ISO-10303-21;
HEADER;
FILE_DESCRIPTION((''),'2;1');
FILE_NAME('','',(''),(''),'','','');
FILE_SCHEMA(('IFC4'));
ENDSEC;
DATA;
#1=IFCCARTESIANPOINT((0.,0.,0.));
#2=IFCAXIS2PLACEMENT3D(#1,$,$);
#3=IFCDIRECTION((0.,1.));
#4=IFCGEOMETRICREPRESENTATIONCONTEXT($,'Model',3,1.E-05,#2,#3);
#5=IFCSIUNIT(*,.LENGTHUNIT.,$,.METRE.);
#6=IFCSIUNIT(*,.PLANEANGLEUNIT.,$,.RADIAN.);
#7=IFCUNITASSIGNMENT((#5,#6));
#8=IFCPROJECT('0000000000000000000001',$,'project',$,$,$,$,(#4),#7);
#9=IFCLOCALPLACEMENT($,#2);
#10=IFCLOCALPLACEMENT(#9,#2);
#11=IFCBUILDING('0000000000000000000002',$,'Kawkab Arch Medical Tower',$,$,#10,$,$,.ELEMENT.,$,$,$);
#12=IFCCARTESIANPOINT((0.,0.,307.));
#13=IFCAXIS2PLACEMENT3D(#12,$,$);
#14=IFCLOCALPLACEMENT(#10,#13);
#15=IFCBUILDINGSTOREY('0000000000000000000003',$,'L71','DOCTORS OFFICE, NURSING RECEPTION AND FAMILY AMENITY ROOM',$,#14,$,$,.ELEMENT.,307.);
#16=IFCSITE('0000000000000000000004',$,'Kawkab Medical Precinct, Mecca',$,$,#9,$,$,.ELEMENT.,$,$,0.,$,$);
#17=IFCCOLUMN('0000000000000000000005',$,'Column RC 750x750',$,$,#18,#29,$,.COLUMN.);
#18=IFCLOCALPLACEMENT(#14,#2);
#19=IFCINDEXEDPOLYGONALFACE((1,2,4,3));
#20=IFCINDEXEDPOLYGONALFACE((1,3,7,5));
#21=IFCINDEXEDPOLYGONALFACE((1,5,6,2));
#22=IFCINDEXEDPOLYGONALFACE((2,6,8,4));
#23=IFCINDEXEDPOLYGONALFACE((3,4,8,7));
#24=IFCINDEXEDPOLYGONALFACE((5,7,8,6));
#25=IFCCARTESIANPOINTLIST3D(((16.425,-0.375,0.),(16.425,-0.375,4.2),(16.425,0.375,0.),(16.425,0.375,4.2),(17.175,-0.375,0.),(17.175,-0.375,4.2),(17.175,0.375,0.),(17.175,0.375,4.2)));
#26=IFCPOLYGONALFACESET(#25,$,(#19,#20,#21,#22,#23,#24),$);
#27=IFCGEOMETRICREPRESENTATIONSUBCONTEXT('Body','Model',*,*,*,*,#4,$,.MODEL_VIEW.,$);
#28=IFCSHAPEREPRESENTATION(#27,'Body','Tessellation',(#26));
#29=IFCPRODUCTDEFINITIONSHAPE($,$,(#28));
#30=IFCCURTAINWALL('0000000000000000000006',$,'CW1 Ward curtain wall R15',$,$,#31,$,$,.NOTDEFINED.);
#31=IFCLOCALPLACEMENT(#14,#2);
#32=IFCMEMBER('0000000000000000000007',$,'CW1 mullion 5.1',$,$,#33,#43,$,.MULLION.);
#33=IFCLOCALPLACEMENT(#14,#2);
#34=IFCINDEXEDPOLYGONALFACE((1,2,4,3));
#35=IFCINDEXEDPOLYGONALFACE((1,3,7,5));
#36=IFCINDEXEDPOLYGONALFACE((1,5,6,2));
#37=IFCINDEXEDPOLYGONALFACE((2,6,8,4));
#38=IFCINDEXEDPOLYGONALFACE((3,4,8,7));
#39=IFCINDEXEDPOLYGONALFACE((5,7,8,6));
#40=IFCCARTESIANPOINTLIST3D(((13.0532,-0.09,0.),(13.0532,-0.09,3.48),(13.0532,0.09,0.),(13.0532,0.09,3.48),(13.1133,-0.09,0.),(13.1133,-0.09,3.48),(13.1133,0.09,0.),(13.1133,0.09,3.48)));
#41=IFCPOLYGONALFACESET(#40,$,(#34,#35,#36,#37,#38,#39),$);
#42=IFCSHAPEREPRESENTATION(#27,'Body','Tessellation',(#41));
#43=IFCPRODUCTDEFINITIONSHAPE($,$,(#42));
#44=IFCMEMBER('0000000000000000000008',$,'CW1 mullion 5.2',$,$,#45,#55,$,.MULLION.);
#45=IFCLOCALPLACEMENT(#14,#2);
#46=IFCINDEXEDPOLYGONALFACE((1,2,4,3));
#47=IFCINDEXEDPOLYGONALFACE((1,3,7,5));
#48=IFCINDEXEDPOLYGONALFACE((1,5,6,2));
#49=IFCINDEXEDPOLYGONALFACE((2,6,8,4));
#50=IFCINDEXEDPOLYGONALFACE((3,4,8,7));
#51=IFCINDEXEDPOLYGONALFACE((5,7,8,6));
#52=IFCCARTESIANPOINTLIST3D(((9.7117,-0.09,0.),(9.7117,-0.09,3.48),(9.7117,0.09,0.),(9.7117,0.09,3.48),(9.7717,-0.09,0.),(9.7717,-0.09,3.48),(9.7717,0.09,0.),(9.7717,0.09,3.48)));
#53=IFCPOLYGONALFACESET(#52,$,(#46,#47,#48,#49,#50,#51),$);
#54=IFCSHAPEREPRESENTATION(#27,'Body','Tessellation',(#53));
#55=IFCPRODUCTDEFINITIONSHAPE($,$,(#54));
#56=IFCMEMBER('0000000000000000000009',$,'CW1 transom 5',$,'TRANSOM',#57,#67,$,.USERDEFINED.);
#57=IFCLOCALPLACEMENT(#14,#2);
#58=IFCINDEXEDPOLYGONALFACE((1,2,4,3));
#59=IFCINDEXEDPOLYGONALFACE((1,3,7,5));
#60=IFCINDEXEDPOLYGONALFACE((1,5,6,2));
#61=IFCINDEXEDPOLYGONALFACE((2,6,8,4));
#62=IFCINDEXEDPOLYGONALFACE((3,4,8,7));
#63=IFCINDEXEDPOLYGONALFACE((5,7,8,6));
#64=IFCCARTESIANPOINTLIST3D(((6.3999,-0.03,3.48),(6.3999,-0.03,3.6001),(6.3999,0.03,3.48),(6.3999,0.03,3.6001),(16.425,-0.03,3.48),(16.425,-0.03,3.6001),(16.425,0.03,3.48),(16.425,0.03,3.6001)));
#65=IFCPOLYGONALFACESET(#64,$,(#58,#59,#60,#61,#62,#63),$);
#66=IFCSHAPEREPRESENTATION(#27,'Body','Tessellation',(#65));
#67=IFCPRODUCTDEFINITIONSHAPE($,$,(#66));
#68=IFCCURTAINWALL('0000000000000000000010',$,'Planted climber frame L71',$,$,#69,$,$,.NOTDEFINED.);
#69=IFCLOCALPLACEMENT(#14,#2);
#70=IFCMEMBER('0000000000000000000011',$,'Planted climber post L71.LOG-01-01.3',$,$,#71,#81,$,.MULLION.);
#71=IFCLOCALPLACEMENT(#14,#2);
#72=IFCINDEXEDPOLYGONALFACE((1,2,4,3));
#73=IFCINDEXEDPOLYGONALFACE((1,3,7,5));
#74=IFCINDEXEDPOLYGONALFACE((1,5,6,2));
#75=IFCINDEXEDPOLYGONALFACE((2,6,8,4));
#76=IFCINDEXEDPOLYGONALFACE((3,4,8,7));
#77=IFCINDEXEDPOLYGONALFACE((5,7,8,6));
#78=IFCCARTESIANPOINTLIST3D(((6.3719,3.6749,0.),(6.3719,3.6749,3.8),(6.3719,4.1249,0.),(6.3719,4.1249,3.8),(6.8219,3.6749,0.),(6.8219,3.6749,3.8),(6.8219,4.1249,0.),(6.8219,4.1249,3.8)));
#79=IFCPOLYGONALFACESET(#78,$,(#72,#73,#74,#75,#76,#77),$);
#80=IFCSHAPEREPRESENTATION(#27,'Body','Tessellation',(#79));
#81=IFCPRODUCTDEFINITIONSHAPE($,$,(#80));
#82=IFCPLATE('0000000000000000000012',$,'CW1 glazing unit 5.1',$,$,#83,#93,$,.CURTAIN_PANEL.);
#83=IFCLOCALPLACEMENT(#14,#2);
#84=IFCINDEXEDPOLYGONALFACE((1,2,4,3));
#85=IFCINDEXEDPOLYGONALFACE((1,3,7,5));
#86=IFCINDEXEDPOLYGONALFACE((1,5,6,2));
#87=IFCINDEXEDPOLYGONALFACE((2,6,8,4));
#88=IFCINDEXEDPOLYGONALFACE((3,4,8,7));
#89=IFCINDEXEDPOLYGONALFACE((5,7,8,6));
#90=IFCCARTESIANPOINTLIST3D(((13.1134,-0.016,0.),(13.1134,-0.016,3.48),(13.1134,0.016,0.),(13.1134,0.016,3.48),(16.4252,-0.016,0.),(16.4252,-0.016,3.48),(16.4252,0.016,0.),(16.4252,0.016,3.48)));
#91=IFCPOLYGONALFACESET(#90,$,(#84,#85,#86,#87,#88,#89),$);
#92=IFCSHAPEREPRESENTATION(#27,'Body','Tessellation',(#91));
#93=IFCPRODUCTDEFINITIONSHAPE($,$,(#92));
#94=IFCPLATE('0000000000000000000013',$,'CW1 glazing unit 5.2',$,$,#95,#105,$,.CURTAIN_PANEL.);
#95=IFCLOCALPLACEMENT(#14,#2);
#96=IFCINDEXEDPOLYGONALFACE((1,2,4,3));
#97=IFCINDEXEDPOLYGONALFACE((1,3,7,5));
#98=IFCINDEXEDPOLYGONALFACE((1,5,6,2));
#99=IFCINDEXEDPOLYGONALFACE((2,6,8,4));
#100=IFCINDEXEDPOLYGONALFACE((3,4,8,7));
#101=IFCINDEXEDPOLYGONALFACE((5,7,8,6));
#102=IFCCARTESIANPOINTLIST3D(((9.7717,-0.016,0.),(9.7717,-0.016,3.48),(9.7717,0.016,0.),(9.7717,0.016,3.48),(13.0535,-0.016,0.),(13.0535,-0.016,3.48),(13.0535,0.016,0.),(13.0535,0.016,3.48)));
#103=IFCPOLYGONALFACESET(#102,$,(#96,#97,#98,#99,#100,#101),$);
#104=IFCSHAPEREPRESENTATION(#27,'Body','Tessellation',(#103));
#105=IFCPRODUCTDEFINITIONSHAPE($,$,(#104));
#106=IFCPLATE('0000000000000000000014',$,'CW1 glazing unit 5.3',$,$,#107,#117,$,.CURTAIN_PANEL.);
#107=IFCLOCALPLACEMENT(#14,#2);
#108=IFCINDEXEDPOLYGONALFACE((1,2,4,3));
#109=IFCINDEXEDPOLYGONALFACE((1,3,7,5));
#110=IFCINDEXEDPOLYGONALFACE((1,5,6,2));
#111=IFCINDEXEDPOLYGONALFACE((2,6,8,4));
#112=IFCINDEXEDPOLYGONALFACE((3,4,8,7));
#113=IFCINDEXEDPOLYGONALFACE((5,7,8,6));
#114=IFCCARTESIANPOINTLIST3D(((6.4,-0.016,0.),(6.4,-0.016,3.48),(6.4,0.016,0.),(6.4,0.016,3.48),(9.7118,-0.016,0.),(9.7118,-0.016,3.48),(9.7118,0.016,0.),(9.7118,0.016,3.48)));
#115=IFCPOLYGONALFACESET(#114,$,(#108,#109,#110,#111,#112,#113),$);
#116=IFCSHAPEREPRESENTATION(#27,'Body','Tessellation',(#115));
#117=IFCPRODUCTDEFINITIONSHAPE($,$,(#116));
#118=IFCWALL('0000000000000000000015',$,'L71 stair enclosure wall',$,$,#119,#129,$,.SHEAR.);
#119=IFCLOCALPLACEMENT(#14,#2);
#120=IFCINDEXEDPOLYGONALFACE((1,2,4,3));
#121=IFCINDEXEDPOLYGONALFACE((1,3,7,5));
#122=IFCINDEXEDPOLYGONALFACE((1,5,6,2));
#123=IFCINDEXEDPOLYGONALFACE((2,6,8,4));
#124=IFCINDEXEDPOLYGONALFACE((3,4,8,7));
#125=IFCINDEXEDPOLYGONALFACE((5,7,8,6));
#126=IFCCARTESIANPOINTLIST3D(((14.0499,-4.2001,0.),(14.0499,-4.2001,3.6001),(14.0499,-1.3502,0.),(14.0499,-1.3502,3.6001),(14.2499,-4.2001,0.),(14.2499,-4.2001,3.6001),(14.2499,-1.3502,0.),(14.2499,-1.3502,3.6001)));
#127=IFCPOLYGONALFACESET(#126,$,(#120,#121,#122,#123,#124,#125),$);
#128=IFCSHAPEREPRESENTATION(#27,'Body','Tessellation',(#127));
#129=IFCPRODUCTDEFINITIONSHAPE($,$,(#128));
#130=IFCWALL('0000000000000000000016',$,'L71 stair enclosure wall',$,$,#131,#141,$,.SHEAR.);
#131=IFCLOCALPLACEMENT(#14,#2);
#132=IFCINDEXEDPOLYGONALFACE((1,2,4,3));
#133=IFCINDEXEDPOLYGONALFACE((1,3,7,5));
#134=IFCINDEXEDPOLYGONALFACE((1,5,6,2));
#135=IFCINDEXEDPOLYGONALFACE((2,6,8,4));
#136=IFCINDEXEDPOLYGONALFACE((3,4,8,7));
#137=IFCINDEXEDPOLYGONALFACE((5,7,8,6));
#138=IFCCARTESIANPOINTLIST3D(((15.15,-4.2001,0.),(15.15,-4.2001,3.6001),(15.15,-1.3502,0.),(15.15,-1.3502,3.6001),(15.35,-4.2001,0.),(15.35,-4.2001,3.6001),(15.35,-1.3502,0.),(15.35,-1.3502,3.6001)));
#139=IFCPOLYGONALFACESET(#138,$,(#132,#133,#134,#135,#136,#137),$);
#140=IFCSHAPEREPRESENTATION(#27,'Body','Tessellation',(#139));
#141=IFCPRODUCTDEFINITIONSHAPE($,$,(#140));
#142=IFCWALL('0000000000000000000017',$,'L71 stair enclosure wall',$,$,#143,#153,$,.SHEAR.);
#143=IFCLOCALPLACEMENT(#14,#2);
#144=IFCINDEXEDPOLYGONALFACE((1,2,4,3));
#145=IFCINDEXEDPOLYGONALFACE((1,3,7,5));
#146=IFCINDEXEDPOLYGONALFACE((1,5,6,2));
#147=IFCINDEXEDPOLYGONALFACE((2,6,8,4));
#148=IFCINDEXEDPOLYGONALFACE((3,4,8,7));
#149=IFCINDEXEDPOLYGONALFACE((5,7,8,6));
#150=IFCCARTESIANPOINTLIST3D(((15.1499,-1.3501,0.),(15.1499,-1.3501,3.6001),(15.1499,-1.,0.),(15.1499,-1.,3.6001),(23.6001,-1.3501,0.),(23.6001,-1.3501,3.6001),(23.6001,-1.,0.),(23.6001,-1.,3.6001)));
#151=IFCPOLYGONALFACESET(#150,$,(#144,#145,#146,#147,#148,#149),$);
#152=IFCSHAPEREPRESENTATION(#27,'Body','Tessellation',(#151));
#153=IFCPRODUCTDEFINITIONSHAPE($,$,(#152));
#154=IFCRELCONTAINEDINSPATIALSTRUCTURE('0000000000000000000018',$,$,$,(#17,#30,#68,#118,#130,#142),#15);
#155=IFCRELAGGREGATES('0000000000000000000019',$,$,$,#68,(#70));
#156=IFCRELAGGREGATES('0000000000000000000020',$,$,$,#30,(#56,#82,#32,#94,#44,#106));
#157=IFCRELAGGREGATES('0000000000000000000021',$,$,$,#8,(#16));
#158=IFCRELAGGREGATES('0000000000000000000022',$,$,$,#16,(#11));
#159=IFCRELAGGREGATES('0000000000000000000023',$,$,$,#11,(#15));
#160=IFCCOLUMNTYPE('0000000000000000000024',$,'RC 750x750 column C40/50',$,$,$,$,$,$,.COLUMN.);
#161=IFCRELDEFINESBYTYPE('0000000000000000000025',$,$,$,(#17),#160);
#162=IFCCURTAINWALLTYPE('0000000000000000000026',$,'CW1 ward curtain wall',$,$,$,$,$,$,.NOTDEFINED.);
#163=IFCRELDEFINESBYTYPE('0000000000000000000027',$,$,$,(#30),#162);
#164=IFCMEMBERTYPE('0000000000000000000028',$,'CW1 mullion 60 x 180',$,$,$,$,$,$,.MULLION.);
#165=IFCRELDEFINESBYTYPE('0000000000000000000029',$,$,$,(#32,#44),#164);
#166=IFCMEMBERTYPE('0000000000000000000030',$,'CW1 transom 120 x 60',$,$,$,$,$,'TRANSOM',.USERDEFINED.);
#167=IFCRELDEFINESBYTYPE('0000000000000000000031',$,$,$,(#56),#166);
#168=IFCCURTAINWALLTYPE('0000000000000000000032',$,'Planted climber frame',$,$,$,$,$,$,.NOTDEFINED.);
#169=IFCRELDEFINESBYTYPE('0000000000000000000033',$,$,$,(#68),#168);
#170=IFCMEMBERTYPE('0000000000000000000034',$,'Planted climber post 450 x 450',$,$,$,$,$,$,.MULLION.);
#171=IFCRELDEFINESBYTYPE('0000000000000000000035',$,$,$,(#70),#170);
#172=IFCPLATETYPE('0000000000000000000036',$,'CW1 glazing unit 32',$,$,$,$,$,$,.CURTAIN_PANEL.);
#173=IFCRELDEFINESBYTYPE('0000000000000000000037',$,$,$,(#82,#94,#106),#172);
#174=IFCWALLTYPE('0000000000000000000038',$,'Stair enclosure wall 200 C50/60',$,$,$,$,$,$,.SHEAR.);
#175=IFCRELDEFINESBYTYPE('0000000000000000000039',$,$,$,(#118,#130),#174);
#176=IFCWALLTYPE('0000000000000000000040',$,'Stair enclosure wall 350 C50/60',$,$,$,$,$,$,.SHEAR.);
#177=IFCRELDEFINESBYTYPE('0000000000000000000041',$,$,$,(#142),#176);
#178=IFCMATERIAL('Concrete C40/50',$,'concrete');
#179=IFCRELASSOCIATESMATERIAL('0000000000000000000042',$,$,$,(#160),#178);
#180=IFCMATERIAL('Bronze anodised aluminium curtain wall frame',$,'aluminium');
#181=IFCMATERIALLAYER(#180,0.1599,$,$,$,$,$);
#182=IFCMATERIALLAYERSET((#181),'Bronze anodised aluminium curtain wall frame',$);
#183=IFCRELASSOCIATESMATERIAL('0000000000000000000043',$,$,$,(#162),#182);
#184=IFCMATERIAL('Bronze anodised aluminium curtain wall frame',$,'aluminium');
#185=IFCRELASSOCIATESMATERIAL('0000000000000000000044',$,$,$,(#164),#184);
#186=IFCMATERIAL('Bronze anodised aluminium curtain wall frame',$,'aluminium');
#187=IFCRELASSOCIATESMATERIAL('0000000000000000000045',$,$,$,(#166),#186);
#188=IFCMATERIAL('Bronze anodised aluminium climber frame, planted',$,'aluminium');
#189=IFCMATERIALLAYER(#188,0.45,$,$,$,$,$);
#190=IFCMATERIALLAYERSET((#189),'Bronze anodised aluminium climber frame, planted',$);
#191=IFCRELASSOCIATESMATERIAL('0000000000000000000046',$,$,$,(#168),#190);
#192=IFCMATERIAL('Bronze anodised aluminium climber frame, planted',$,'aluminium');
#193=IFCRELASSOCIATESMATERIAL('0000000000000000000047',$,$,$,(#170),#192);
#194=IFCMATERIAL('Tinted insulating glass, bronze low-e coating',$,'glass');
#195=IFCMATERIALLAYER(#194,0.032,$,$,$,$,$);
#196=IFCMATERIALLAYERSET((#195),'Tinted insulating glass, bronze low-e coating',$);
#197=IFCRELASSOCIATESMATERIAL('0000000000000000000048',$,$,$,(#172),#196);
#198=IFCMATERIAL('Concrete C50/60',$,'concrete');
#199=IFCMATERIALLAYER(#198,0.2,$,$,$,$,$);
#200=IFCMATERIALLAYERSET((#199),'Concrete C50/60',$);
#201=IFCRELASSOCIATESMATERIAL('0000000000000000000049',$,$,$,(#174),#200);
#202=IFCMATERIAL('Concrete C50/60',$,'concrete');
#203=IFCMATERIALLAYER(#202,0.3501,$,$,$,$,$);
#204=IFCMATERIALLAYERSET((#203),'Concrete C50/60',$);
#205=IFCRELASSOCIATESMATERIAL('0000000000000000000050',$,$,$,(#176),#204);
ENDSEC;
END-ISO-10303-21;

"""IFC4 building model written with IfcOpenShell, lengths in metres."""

from ifc_helpers import new_model, si_unit, direction, frame, frame_2d, origin, origin_2d, place, context, subcontext, project, spatial, rectangle, extrude, material, layer, layer_set, material_profile, profile_set, type_object, element, aggregate, save


model = new_model("IFC4")

# Units and contexts
model_context = context("Model", 3, precision=1e-05, world=origin(), true_north=direction((0.0, 1.0)))
body_context = subcontext(model_context, "Body", "Model", "MODEL_VIEW")
ifc_project = project(units=[si_unit("LENGTHUNIT", "METRE"), si_unit("PLANEANGLEUNIT", "RADIAN")], contexts=[model_context])

# Site, building, storey
site_placement = place(None, origin())
site = spatial("IfcSite", under=ifc_project, at=site_placement, Name="Kawkab Medical Precinct, Mecca", CompositionType="ELEMENT", RefElevation=0.0)
building_placement = place(site_placement, origin())
building = spatial("IfcBuilding", under=site, at=building_placement, Name="Kawkab Arch Medical Tower", CompositionType="ELEMENT")
storey_placement = place(building_placement, frame((0.0, 0.0, 307.0)))
storey = spatial("IfcBuildingStorey", under=building, at=storey_placement, Name="L71", Description="DOCTORS OFFICE, NURSING RECEPTION AND FAMILY AMENITY ROOM", CompositionType="ELEMENT", Elevation=307.0)

# Column
ifc_material_1 = material(Name="Concrete C40/50", Category="concrete")
ifc_material_profile_1 = material_profile(ifc_material_1, rectangle(XDim=0.75, YDim=0.75, at=origin_2d()), Name="RC 750x750")
ifc_profile_set_1 = profile_set([ifc_material_profile_1], Name="Concrete C40/50")
column_type = type_object("IfcColumnType", Name="RC 750x750 column C40/50", PredefinedType="COLUMN", material=ifc_profile_set_1)
column_placement = place(storey_placement, frame((16.8, 0.0, 0.0), z_axis=(0.0, 0.0, 1.0), x_axis=(1.0, 0.0, 0.0)))
element("IfcColumn", 1, at=column_placement, inside=storey, type_object=column_type, Name="Column RC 750x750", PredefinedType="COLUMN", context=body_context, shape_type="SweptSolid", body=[
    extrude(rectangle(XDim=0.75, YDim=0.75, at=origin_2d()), origin(), (0.0, 0.0, 1.0), 4.2),
])

# Curtain wall, members
ifc_material_2 = material(Name="Bronze anodised aluminium curtain wall frame", Category="aluminium")
ifc_layer_1 = layer(ifc_material_2, 0.1599)
ifc_layer_set_1 = layer_set([ifc_layer_1], Name="Bronze anodised aluminium curtain wall frame")
curtain_wall_type_1 = type_object("IfcCurtainWallType", Name="CW1 ward curtain wall", PredefinedType="NOTDEFINED", material=ifc_layer_set_1)
placement = place(storey_placement, origin())
curtain_wall_1 = element("IfcCurtainWall", 2, at=placement, inside=storey, type_object=curtain_wall_type_1, Name="CW1 Ward curtain wall R15", PredefinedType="NOTDEFINED")
ifc_material_3 = material(Name="Bronze anodised aluminium curtain wall frame", Category="aluminium")
ifc_material_profile_2 = material_profile(ifc_material_3, rectangle(XDim=0.1799, YDim=0.0601, at=origin_2d()), Name="AL 60x180")
ifc_profile_set_2 = profile_set([ifc_material_profile_2], Name="Bronze anodised aluminium curtain wall frame")
member_type_1 = type_object("IfcMemberType", Name="CW1 mullion 60 x 180", PredefinedType="MULLION", material=ifc_profile_set_2)
member_1_placement = place(storey_placement, frame((13.0833, 0.0, 0.0), z_axis=(0.0, 0.0, 1.0), x_axis=(0.0, -1.0, 0.0)))
member_1 = element("IfcMember", 3, at=member_1_placement, type_object=member_type_1, Name="CW1 mullion 5.1", PredefinedType="MULLION", context=body_context, shape_type="SweptSolid", body=[
    extrude(rectangle(XDim=0.1799, YDim=0.0601, at=origin_2d()), origin(), (0.0, 0.0, 1.0), 3.48),
])
member_2_placement = place(storey_placement, frame((9.7417, 0.0, 0.0), z_axis=(0.0, 0.0, 1.0), x_axis=(0.0, -1.0, 0.0)))
member_2 = element("IfcMember", 4, at=member_2_placement, type_object=member_type_1, Name="CW1 mullion 5.2", PredefinedType="MULLION", context=body_context, shape_type="SweptSolid", body=[
    extrude(rectangle(XDim=0.1799, YDim=0.0601, at=origin_2d()), origin(), (0.0, 0.0, 1.0), 3.48),
])
ifc_material_4 = material(Name="Bronze anodised aluminium curtain wall frame", Category="aluminium")
ifc_material_profile_3 = material_profile(ifc_material_4, rectangle(XDim=0.0601, YDim=0.1201, at=origin_2d()), Name="AL 60x120")
ifc_profile_set_3 = profile_set([ifc_material_profile_3], Name="Bronze anodised aluminium curtain wall frame")
member_type_2 = type_object("IfcMemberType", Name="CW1 transom 120 x 60", ElementType="TRANSOM", PredefinedType="USERDEFINED", material=ifc_profile_set_3)
member_3_placement = place(storey_placement, frame((16.425, 0.0, 3.54), z_axis=(-1.0, 0.0, 0.0), x_axis=(0.0, -1.0, 0.0)))
member_3 = element("IfcMember", 5, at=member_3_placement, type_object=member_type_2, Name="CW1 transom 5", ObjectType="TRANSOM", PredefinedType="USERDEFINED", context=body_context, shape_type="SweptSolid", body=[
    extrude(rectangle(XDim=0.0601, YDim=0.1201, at=origin_2d()), origin(), (0.0, 0.0, 1.0), 10.0251),
])

# Curtain wall, member
ifc_material_5 = material(Name="Bronze anodised aluminium climber frame, planted", Category="aluminium")
ifc_layer_2 = layer(ifc_material_5, 0.45)
ifc_layer_set_2 = layer_set([ifc_layer_2], Name="Bronze anodised aluminium climber frame, planted")
curtain_wall_type_2 = type_object("IfcCurtainWallType", Name="Planted climber frame", PredefinedType="NOTDEFINED", material=ifc_layer_set_2)
curtain_wall_2 = element("IfcCurtainWall", 6, at=placement, inside=storey, type_object=curtain_wall_type_2, Name="Planted climber frame L71", PredefinedType="NOTDEFINED")
ifc_material_6 = material(Name="Bronze anodised aluminium climber frame, planted", Category="aluminium")
ifc_material_profile_4 = material_profile(ifc_material_6, rectangle(XDim=0.45, YDim=0.45, at=origin_2d()), Name="Post 450x450")
ifc_profile_set_4 = profile_set([ifc_material_profile_4], Name="Bronze anodised aluminium climber frame, planted")
member_type_3 = type_object("IfcMemberType", Name="Planted climber post 450 x 450", PredefinedType="MULLION", material=ifc_profile_set_4)
member_4_placement = place(storey_placement, frame((6.5969, 3.8999, 0.0), z_axis=(0.0, 0.0, 1.0), x_axis=(1.0, 0.0, 0.0)))
member_4 = element("IfcMember", 7, at=member_4_placement, type_object=member_type_3, Name="Planted climber post L71.LOG-01-01.3", PredefinedType="MULLION", context=body_context, shape_type="SweptSolid", body=[
    extrude(rectangle(XDim=0.45, YDim=0.45, at=origin_2d()), origin(), (0.0, 0.0, 1.0), 3.8),
])
aggregate(curtain_wall_2, [member_4])

# Plates
ifc_material_7 = material(Name="Tinted insulating glass, bronze low-e coating", Category="glass")
ifc_layer_3 = layer(ifc_material_7, 0.032)
ifc_layer_set_3 = layer_set([ifc_layer_3], Name="Tinted insulating glass, bronze low-e coating")
plate_type = type_object("IfcPlateType", Name="CW1 glazing unit 32", PredefinedType="CURTAIN_PANEL", material=ifc_layer_set_3)
plate_1_placement = place(storey_placement, frame((14.7693, 0.0, 0.0), z_axis=(0.0, 0.0, 1.0), x_axis=(-1.0, 0.0, 0.0)))
plate_1 = element("IfcPlate", 8, at=plate_1_placement, type_object=plate_type, Name="CW1 glazing unit 5.1", PredefinedType="CURTAIN_PANEL", context=body_context, shape_type="SweptSolid", body=[
    extrude(rectangle(XDim=3.3118, YDim=0.032, at=origin_2d()), origin(), (0.0, 0.0, 1.0), 3.48),
])
plate_2_placement = place(storey_placement, frame((11.4126, 0.0, 0.0), z_axis=(0.0, 0.0, 1.0), x_axis=(-1.0, 0.0, 0.0)))
plate_2 = element("IfcPlate", 9, at=plate_2_placement, type_object=plate_type, Name="CW1 glazing unit 5.2", PredefinedType="CURTAIN_PANEL", context=body_context, shape_type="SweptSolid", body=[
    extrude(rectangle(XDim=3.2817, YDim=0.032, at=origin_2d()), origin(), (0.0, 0.0, 1.0), 3.48),
])
plate_3_placement = place(storey_placement, frame((8.0559, 0.0, 0.0), z_axis=(0.0, 0.0, 1.0), x_axis=(-1.0, 0.0, 0.0)))
plate_3 = element("IfcPlate", 10, at=plate_3_placement, type_object=plate_type, Name="CW1 glazing unit 5.3", PredefinedType="CURTAIN_PANEL", context=body_context, shape_type="SweptSolid", body=[
    extrude(rectangle(XDim=3.3118, YDim=0.032, at=origin_2d()), origin(), (0.0, 0.0, 1.0), 3.48),
])
aggregate(curtain_wall_1, [member_3, plate_1, member_1, plate_2, member_2, plate_3])

# Walls
ifc_material_8 = material(Name="Concrete C50/60", Category="concrete")
ifc_layer_4 = layer(ifc_material_8, 0.2)
ifc_layer_set_4 = layer_set([ifc_layer_4], Name="Concrete C50/60")
wall_type_1 = type_object("IfcWallType", Name="Stair enclosure wall 200 C50/60", PredefinedType="SHEAR", material=ifc_layer_set_4)
for number, where, z_axis, x_axis, name in (
    (11, (14.1499, -4.2, 0.0), (0.0, 0.0, 1.0), (0.0, 1.0, 0.0), "L71 stair enclosure wall"),
    (12, (15.25, -4.2, 0.0), (0.0, 0.0, 1.0), (0.0, 1.0, 0.0), "L71 stair enclosure wall"),
):
    element("IfcWall", number, at=place(storey_placement, frame(where, z_axis=z_axis, x_axis=x_axis)), inside=storey, type_object=wall_type_1, Name=name, PredefinedType="SHEAR", context=body_context, shape_type="SweptSolid", body=[
        extrude(rectangle(XDim=2.8499, YDim=0.2, at=frame_2d((1.4248, 0.0))), origin(), (0.0, 0.0, 1.0), 3.6001),
    ])
ifc_material_9 = material(Name="Concrete C50/60", Category="concrete")
ifc_layer_5 = layer(ifc_material_9, 0.3501)
ifc_layer_set_5 = layer_set([ifc_layer_5], Name="Concrete C50/60")
wall_type_2 = type_object("IfcWallType", Name="Stair enclosure wall 350 C50/60", PredefinedType="SHEAR", material=ifc_layer_set_5)
wall_placement = place(storey_placement, frame((15.1499, -1.175, 0.0), z_axis=(0.0, 0.0, 1.0), x_axis=(1.0, 0.0, 0.0)))
element("IfcWall", 13, at=wall_placement, inside=storey, type_object=wall_type_2, Name="L71 stair enclosure wall", PredefinedType="SHEAR", context=body_context, shape_type="SweptSolid", body=[
    extrude(rectangle(XDim=8.4502, YDim=0.3501, at=frame_2d((4.2251, 0.0))), origin(), (0.0, 0.0, 1.0), 3.6001),
])

save(model, "model.ifc")
